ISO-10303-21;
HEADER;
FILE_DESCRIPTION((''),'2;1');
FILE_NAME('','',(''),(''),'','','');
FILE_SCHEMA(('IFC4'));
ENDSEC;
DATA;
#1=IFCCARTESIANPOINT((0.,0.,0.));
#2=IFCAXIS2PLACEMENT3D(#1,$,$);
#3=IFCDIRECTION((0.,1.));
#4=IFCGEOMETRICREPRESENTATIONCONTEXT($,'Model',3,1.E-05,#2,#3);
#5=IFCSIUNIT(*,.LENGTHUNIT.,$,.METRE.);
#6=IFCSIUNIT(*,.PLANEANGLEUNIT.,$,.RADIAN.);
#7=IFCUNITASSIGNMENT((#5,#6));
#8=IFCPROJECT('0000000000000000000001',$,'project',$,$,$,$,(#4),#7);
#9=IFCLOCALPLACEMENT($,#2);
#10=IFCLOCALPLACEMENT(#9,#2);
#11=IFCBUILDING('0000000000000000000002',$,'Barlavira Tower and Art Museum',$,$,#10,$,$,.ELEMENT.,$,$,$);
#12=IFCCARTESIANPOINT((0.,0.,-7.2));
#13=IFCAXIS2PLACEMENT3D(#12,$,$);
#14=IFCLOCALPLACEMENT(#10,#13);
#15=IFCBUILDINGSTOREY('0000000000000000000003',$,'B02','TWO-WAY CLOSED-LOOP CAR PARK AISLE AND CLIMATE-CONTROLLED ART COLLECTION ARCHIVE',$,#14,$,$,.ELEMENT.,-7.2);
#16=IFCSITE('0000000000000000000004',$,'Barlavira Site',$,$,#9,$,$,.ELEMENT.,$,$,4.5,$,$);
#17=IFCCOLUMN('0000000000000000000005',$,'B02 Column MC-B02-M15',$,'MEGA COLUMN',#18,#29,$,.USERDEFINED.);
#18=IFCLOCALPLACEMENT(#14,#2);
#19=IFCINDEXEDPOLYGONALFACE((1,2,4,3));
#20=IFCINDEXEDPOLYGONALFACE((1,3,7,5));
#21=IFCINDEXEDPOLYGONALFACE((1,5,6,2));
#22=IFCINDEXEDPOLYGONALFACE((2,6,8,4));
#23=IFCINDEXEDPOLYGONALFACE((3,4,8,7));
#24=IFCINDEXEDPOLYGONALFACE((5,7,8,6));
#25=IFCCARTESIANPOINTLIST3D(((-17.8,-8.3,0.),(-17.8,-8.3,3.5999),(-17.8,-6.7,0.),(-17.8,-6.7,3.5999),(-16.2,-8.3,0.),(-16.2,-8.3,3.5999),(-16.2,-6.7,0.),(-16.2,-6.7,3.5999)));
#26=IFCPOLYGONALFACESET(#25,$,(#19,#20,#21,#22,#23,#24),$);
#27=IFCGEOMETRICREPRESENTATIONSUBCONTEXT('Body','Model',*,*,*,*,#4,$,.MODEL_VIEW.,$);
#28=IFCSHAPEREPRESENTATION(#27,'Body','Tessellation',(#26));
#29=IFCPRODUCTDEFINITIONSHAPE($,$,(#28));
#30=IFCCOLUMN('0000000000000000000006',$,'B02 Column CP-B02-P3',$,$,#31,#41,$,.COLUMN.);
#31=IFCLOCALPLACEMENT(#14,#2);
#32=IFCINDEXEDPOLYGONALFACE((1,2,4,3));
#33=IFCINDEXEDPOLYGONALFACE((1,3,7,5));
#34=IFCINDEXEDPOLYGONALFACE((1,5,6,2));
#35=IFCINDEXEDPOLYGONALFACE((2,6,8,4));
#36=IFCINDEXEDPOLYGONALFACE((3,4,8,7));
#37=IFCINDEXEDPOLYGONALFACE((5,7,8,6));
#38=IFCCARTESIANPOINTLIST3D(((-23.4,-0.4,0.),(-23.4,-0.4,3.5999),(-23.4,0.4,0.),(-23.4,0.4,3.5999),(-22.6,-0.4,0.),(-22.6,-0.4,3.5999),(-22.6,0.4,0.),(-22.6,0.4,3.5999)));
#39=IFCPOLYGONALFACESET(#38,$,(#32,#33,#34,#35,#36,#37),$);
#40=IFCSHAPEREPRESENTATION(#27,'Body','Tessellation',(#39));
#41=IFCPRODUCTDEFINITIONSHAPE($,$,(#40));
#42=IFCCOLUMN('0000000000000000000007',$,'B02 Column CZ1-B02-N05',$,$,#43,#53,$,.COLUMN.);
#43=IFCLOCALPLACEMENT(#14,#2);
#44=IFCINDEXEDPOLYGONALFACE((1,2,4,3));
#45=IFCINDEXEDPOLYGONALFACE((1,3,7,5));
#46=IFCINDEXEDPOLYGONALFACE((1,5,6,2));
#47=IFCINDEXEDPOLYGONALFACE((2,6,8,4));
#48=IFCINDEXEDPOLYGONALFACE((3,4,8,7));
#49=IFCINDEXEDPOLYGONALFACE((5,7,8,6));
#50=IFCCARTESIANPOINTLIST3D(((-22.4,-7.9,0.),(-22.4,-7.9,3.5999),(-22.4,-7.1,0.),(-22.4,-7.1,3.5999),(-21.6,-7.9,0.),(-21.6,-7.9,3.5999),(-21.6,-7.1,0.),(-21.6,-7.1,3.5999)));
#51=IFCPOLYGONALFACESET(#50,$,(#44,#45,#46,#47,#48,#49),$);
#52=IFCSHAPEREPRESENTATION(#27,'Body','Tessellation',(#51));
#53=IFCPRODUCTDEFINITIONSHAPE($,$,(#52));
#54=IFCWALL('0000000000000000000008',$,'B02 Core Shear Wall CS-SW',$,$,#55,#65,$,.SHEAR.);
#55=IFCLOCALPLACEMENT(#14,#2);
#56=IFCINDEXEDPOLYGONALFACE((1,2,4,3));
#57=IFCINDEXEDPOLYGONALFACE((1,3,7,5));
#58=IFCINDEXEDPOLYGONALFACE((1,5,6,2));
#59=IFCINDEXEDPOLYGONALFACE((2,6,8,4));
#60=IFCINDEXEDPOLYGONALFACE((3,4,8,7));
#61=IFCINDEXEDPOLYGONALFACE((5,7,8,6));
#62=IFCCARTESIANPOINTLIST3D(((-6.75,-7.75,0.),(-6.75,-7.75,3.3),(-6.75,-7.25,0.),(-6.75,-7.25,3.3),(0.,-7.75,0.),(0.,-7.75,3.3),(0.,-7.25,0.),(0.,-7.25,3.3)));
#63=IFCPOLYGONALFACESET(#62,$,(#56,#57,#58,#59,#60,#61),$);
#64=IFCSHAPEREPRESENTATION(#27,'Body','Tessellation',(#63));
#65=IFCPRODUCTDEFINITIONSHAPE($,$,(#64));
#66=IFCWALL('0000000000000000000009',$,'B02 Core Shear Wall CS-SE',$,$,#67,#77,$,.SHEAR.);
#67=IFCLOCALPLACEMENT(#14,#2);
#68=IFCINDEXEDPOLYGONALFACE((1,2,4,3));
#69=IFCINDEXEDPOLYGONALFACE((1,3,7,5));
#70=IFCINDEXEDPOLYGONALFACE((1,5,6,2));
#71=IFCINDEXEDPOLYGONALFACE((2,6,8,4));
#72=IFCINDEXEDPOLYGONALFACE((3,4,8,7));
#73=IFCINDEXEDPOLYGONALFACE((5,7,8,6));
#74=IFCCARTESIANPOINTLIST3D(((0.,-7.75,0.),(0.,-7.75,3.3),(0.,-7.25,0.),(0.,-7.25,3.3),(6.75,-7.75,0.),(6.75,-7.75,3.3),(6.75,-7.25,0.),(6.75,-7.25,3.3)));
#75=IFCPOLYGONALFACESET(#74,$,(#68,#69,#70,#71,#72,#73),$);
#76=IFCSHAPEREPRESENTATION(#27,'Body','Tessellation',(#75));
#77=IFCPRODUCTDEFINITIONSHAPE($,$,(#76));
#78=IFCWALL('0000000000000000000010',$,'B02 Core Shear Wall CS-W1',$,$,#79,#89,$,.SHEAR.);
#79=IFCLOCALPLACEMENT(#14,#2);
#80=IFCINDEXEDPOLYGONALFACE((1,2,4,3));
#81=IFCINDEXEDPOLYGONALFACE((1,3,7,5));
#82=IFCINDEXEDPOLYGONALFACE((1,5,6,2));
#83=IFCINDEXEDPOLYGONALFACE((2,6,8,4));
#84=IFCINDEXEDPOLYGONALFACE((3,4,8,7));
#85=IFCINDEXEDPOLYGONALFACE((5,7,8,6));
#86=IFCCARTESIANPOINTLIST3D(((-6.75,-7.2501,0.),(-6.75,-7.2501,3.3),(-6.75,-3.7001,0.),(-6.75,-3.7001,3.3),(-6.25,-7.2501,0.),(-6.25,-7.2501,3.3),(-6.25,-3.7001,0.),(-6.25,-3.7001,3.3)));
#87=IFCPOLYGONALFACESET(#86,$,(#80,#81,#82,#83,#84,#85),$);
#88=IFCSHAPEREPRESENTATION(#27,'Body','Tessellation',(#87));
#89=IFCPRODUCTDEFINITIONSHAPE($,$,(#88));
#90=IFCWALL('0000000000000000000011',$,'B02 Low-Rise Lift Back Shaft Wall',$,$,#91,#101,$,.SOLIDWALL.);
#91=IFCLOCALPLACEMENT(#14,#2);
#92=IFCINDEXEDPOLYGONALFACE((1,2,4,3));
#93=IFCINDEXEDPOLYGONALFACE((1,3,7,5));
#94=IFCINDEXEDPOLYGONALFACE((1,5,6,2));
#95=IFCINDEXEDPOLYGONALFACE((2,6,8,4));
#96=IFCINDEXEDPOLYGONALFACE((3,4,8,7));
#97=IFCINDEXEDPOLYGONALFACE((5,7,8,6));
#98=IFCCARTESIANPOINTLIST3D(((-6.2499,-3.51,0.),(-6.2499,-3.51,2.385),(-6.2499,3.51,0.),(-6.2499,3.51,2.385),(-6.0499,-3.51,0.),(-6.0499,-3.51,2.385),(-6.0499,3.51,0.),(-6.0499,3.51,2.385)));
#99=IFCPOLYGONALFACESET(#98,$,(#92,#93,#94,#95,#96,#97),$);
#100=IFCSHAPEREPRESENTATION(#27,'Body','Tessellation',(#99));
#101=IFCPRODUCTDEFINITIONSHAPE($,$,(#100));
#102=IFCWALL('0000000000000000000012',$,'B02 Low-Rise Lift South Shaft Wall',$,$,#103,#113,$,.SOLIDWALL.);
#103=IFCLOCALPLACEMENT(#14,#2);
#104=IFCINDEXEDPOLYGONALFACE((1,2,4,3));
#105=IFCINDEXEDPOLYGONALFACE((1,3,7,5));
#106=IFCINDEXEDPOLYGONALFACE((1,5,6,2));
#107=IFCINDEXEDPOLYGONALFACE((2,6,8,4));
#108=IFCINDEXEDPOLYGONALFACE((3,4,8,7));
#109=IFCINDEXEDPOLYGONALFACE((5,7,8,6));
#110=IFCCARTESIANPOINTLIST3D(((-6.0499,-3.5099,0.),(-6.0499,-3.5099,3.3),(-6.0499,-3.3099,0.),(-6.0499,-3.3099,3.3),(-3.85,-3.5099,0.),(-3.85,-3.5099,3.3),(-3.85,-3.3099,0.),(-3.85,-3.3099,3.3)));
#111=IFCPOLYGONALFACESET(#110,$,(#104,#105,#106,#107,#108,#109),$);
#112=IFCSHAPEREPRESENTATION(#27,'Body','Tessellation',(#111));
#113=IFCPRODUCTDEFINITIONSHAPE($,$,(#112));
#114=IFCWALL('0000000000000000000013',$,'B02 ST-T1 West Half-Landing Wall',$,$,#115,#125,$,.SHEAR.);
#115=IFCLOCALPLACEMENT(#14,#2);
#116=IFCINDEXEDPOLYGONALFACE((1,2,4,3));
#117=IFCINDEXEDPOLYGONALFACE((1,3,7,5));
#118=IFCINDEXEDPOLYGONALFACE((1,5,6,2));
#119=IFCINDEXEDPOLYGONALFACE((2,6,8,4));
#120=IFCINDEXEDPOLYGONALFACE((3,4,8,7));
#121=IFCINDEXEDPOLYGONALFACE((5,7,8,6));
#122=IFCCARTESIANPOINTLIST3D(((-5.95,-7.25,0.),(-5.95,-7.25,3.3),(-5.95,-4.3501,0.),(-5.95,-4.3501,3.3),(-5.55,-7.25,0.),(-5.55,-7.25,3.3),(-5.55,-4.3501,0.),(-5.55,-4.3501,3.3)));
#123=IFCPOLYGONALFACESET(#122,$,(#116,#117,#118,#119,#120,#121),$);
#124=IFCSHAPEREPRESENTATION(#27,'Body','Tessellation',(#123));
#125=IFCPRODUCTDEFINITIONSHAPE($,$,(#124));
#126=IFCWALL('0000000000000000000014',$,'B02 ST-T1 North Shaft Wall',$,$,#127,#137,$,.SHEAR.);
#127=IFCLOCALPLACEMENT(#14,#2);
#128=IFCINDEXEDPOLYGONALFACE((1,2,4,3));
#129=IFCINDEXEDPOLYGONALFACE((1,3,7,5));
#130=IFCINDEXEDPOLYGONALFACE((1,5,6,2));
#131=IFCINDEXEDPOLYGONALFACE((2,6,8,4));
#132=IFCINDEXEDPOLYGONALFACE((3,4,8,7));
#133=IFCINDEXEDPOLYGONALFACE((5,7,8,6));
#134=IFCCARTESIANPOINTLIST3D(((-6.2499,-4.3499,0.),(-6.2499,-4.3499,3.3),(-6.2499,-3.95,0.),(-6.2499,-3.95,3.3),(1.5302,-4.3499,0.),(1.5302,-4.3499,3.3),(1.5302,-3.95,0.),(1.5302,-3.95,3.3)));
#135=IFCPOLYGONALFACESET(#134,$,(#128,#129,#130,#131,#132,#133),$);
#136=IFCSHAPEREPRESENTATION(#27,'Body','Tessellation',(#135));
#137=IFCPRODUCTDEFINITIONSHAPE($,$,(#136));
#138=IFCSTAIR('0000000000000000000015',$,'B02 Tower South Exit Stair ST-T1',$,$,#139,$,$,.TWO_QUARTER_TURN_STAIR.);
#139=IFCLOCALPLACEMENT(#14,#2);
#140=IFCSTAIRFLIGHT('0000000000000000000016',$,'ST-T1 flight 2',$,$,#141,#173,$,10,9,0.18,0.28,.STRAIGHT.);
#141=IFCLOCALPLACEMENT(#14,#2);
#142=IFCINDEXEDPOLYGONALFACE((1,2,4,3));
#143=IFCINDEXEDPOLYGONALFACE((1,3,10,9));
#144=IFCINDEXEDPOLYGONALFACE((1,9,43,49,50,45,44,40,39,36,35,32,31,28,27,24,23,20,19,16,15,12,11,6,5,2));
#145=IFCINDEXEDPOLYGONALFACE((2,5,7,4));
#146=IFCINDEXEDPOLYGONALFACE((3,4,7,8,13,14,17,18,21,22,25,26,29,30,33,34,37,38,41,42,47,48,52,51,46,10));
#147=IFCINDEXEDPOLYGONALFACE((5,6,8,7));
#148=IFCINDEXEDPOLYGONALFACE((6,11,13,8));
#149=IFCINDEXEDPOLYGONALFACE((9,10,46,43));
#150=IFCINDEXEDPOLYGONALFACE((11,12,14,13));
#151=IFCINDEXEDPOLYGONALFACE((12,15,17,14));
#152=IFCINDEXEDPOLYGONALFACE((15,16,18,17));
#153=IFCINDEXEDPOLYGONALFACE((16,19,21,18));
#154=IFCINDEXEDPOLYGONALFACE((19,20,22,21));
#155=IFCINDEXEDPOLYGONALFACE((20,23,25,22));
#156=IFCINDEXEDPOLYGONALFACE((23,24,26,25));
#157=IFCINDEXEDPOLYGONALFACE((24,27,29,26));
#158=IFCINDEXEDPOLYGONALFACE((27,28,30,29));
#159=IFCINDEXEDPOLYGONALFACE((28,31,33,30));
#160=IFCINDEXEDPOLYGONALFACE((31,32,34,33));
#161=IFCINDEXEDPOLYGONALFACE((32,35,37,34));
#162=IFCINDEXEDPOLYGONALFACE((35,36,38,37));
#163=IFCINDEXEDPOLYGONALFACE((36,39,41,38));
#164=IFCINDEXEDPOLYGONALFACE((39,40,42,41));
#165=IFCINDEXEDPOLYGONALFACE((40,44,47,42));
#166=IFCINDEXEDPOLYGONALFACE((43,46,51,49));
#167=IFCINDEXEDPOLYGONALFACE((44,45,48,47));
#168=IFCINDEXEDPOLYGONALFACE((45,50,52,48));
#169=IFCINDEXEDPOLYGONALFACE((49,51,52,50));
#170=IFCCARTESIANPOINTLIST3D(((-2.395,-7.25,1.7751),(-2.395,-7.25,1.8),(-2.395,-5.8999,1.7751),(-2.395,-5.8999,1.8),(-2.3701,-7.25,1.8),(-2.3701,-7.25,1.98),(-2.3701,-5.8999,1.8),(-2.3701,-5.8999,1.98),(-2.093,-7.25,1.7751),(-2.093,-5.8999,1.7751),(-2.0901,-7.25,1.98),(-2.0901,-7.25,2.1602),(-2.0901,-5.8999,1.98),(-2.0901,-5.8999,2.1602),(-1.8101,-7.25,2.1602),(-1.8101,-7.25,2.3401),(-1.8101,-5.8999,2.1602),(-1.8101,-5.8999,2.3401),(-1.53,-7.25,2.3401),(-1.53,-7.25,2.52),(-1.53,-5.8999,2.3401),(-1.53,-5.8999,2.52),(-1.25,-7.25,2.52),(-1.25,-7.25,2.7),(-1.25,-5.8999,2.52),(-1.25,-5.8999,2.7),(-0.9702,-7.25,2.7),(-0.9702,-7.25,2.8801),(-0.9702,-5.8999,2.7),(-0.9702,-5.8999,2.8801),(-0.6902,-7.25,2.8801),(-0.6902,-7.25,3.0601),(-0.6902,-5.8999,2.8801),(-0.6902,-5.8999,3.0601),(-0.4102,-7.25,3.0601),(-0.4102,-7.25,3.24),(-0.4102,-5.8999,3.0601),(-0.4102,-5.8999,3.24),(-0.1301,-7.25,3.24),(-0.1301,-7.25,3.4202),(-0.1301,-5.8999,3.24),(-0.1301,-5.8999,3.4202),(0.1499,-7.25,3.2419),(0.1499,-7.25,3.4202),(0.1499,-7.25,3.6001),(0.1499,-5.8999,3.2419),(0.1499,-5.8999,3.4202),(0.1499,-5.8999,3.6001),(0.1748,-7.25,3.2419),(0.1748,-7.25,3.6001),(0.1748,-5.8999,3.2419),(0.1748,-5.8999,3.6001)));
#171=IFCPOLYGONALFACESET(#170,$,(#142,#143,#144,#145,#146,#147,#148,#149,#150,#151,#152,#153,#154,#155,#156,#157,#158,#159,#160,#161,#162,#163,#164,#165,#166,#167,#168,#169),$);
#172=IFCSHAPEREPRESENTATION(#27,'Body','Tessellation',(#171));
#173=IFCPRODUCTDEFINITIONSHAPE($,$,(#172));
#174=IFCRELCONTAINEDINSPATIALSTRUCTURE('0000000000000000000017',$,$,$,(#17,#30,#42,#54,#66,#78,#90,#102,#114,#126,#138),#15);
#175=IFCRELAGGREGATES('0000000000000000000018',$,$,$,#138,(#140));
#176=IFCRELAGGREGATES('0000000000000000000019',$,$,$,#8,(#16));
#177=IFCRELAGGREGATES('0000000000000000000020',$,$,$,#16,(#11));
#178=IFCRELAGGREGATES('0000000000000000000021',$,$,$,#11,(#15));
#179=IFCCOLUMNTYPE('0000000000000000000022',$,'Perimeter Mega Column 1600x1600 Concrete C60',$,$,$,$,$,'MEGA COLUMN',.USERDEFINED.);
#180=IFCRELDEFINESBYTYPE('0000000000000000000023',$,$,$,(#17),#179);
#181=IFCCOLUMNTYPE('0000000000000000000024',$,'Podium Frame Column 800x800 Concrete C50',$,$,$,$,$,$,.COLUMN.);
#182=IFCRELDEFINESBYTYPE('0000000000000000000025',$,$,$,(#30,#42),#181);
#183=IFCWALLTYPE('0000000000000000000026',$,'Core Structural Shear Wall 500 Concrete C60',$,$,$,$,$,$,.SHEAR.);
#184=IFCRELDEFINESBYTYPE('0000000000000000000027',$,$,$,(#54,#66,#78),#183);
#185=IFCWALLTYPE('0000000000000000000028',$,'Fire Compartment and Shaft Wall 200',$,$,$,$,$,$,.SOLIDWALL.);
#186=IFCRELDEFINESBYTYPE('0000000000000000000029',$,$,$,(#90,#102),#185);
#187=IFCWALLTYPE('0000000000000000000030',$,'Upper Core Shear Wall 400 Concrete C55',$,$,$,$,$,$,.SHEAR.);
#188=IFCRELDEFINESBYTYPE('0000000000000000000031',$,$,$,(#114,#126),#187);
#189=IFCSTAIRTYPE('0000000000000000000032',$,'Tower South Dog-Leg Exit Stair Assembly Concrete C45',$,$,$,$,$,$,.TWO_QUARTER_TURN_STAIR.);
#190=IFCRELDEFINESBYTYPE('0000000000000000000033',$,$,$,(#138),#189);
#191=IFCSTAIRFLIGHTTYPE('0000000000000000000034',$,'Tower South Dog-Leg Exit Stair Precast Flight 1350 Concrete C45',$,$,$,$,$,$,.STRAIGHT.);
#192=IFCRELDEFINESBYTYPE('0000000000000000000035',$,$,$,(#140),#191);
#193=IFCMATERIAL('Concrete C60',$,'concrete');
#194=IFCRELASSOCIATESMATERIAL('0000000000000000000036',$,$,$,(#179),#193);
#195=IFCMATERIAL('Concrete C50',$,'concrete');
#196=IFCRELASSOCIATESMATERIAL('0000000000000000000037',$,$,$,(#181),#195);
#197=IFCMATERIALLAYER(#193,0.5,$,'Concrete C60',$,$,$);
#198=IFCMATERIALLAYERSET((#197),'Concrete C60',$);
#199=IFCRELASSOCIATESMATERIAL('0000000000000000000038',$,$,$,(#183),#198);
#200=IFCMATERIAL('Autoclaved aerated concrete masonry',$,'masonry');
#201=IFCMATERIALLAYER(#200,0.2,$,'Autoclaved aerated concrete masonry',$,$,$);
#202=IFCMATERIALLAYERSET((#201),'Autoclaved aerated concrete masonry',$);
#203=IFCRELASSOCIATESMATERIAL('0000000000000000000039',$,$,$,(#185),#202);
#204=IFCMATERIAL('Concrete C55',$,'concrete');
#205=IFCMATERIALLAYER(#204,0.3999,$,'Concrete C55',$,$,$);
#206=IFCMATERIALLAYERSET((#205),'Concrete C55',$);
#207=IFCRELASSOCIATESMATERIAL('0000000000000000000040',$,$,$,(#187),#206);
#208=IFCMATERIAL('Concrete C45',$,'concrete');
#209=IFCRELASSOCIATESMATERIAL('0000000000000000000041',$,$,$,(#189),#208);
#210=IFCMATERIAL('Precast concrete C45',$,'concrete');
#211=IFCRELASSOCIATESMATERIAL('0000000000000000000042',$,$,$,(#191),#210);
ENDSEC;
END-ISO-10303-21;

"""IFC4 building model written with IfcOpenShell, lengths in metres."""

from ifc_helpers import new_model, si_unit, direction, frame, frame_2d, origin, origin_2d, place, context, subcontext, project, spatial, polyline, rectangle, outline, extrude, material, layer, layer_set, material_profile, profile_set, type_object, element, aggregate, save


model = new_model("IFC4")

# Units and contexts
model_context = context("Model", 3, precision=1e-05, world=origin(), true_north=direction((0.0, 1.0)))
body_context = subcontext(model_context, "Body", "Model", "MODEL_VIEW")
ifc_project = project(units=[si_unit("LENGTHUNIT", "METRE"), si_unit("PLANEANGLEUNIT", "RADIAN")], contexts=[model_context])

# Site, building, storey
site_placement = place(None, origin())
site = spatial("IfcSite", under=ifc_project, at=site_placement, Name="Barlavira Site", CompositionType="ELEMENT", RefElevation=4.5)
building_placement = place(site_placement, origin())
building = spatial("IfcBuilding", under=site, at=building_placement, Name="Barlavira Tower and Art Museum", CompositionType="ELEMENT")
storey_placement = place(building_placement, frame((0.0, 0.0, -7.2)))
storey = spatial("IfcBuildingStorey", under=building, at=storey_placement, Name="B02", Description="TWO-WAY CLOSED-LOOP CAR PARK AISLE AND CLIMATE-CONTROLLED ART COLLECTION ARCHIVE", CompositionType="ELEMENT", Elevation=-7.2)

# Shared definitions
ifc_material_1 = material(Name="Concrete C50", Category="concrete")

# Columns
ifc_material_2 = material(Name="Concrete C60", Category="concrete")
ifc_material_profile_1 = material_profile(ifc_material_2, rectangle(XDim=1.6001, YDim=1.6001, at=origin_2d()), Name="RC-MCOL 1600x1600")
ifc_profile_set_1 = profile_set([ifc_material_profile_1], Name="Concrete C60")
column_type_1 = type_object("IfcColumnType", Name="Perimeter Mega Column 1600x1600 Concrete C60", ElementType="MEGA COLUMN", PredefinedType="USERDEFINED", material=ifc_profile_set_1)
column_placement = place(storey_placement, frame((-17.0, -7.5, 0.0), z_axis=(0.0, 0.0, 1.0), x_axis=(1.0, 0.0, 0.0)))
element("IfcColumn", 1, at=column_placement, inside=storey, type_object=column_type_1, Name="B02 Column MC-B02-M15", ObjectType="MEGA COLUMN", PredefinedType="USERDEFINED", context=body_context, shape_type="SweptSolid", body=[
    extrude(rectangle(XDim=1.6001, YDim=1.6001, at=origin_2d()), origin(), (0.0, 0.0, 1.0), 3.5999),
])
ifc_material_profile_2 = material_profile(ifc_material_1, rectangle(XDim=0.8, YDim=0.8, at=origin_2d()), Name="RC-COL 800x800")
ifc_profile_set_2 = profile_set([ifc_material_profile_2], Name="Concrete C50")
column_type_2 = type_object("IfcColumnType", Name="Podium Frame Column 800x800 Concrete C50", PredefinedType="COLUMN", material=ifc_profile_set_2)
for number, where, z_axis, x_axis, name in (
    (2, (-23.0, 0.0, 0.0), (0.0, 0.0, 1.0), (1.0, 0.0, 0.0), "B02 Column CP-B02-P3"),
    (3, (-22.0, -7.5, 0.0), (0.0, 0.0, 1.0), (1.0, 0.0, 0.0), "B02 Column CZ1-B02-N05"),
):
    element("IfcColumn", number, at=place(storey_placement, frame(where, z_axis=z_axis, x_axis=x_axis)), inside=storey, type_object=column_type_2, Name=name, PredefinedType="COLUMN", context=body_context, shape_type="SweptSolid", body=[
        extrude(rectangle(XDim=0.8, YDim=0.8, at=origin_2d()), origin(), (0.0, 0.0, 1.0), 3.5999),
    ])

# Walls
ifc_layer_1 = layer(ifc_material_2, 0.5, Name="Concrete C60")
ifc_layer_set_1 = layer_set([ifc_layer_1], Name="Concrete C60")
wall_type_1 = type_object("IfcWallType", Name="Core Structural Shear Wall 500 Concrete C60", PredefinedType="SHEAR", material=ifc_layer_set_1)
for number, where, z_axis, x_axis, name in (
    (4, (-6.75, -7.5, 0.0), (0.0, 0.0, 1.0), (1.0, 0.0, 0.0), "B02 Core Shear Wall CS-SW"),
    (5, (0.0, -7.5, 0.0), (0.0, 0.0, 1.0), (1.0, 0.0, 0.0), "B02 Core Shear Wall CS-SE"),
):
    element("IfcWall", number, at=place(storey_placement, frame(where, z_axis=z_axis, x_axis=x_axis)), inside=storey, type_object=wall_type_1, Name=name, PredefinedType="SHEAR", context=body_context, shape_type="SweptSolid", body=[
        extrude(rectangle(XDim=6.75, YDim=0.5, at=frame_2d((3.375, 0.0))), origin(), (0.0, 0.0, 1.0), 3.3),
    ])
wall_1_placement = place(storey_placement, frame((-6.5, -7.25, 0.0), z_axis=(0.0, 0.0, 1.0), x_axis=(0.0, 1.0, 0.0)))
element("IfcWall", 6, at=wall_1_placement, inside=storey, type_object=wall_type_1, Name="B02 Core Shear Wall CS-W1", PredefinedType="SHEAR", context=body_context, shape_type="SweptSolid", body=[
    extrude(rectangle(XDim=3.55, YDim=0.5, at=frame_2d((1.7749, 0.0))), origin(), (0.0, 0.0, 1.0), 3.3),
])

# Shared definitions
ifc_material_3 = material(Name="Autoclaved aerated concrete masonry", Category="masonry")
ifc_layer_2 = layer(ifc_material_3, 0.2, Name="Autoclaved aerated concrete masonry")
ifc_layer_set_2 = layer_set([ifc_layer_2], Name="Autoclaved aerated concrete masonry")
wall_type_2 = type_object("IfcWallType", Name="Fire Compartment and Shaft Wall 200", PredefinedType="SOLIDWALL", material=ifc_layer_set_2)

# Walls
wall_2_placement = place(storey_placement, frame((-6.1499, -3.51, 0.0), z_axis=(0.0, 0.0, 1.0), x_axis=(0.0, 1.0, 0.0)))
element("IfcWall", 7, at=wall_2_placement, inside=storey, type_object=wall_type_2, Name="B02 Low-Rise Lift Back Shaft Wall", PredefinedType="SOLIDWALL", context=body_context, shape_type="SweptSolid", body=[
    extrude(rectangle(XDim=7.02, YDim=0.2, at=frame_2d((3.51, 0.0))), origin(), (0.0, 0.0, 1.0), 2.385),
])
wall_3_placement = place(storey_placement, frame((-6.05, -3.4099, 0.0), z_axis=(0.0, 0.0, 1.0), x_axis=(1.0, 0.0, 0.0)))
element("IfcWall", 8, at=wall_3_placement, inside=storey, type_object=wall_type_2, Name="B02 Low-Rise Lift South Shaft Wall", PredefinedType="SOLIDWALL", context=body_context, shape_type="SweptSolid", body=[
    extrude(rectangle(XDim=2.2, YDim=0.2, at=frame_2d((1.1001, 0.0))), origin(), (0.0, 0.0, 1.0), 3.3),
])
ifc_material_4 = material(Name="Concrete C55", Category="concrete")
ifc_layer_3 = layer(ifc_material_4, 0.3999, Name="Concrete C55")
ifc_layer_set_3 = layer_set([ifc_layer_3], Name="Concrete C55")
wall_type_3 = type_object("IfcWallType", Name="Upper Core Shear Wall 400 Concrete C55", PredefinedType="SHEAR", material=ifc_layer_set_3)
wall_4_placement = place(storey_placement, frame((-5.75, -7.25, 0.0), z_axis=(0.0, 0.0, 1.0), x_axis=(0.0, 1.0, 0.0)))
element("IfcWall", 9, at=wall_4_placement, inside=storey, type_object=wall_type_3, Name="B02 ST-T1 West Half-Landing Wall", PredefinedType="SHEAR", context=body_context, shape_type="SweptSolid", body=[
    extrude(rectangle(XDim=2.8999, YDim=0.3999, at=frame_2d((1.45, 0.0))), origin(), (0.0, 0.0, 1.0), 3.3),
])
wall_5_placement = place(storey_placement, frame((-6.25, -4.1499, 0.0), z_axis=(0.0, 0.0, 1.0), x_axis=(1.0, 0.0, 0.0)))
element("IfcWall", 10, at=wall_5_placement, inside=storey, type_object=wall_type_3, Name="B02 ST-T1 North Shaft Wall", PredefinedType="SHEAR", context=body_context, shape_type="SweptSolid", body=[
    extrude(rectangle(XDim=7.78, YDim=0.3999, at=frame_2d((3.8901, 0.0))), origin(), (0.0, 0.0, 1.0), 3.3),
])

# Stair, stair flight
ifc_material_5 = material(Name="Concrete C45", Category="concrete")
stair_type = type_object("IfcStairType", Name="Tower South Dog-Leg Exit Stair Assembly Concrete C45", PredefinedType="TWO_QUARTER_TURN_STAIR", material=ifc_material_5)
stair_placement = place(storey_placement, origin())
stair = element("IfcStair", 11, at=stair_placement, inside=storey, type_object=stair_type, Name="B02 Tower South Exit Stair ST-T1", PredefinedType="TWO_QUARTER_TURN_STAIR")
ifc_material_6 = material(Name="Precast concrete C45", Category="concrete")
stair_flight_type = type_object("IfcStairFlightType", Name="Tower South Dog-Leg Exit Stair Precast Flight 1350 Concrete C45", PredefinedType="STRAIGHT", material=ifc_material_6)
stair_flight_placement = place(storey_placement, frame((-2.3701, -6.575, 1.8), z_axis=(0.0, 0.0, 1.0), x_axis=(1.0, 0.0, 0.0)))
stair_flight = element("IfcStairFlight", 12, at=stair_flight_placement, type_object=stair_flight_type, Name="ST-T1 flight 2", NumberOfRisers=10, NumberOfTreads=9, PredefinedType="STRAIGHT", RiserHeight=0.18, TreadLength=0.28, context=body_context, shape_type="SweptSolid", body=[
    extrude(outline(polyline([(-0.0249, 0.0), (0.0, 0.0), (0.0, 0.1799), (0.28, 0.1799), (0.28, 0.3601), (0.5601, 0.3601), (0.5601, 0.54), (0.8401, 0.54), (0.8401, 0.72), (1.1201, 0.72), (1.1201, 0.8999), (1.3999, 0.8999), (1.3999, 1.0801), (1.6799, 1.0801), (1.6799, 1.26), (1.96, 1.26), (1.96, 1.4399), (2.24, 1.4399), (2.24, 1.6201), (2.52, 1.6201), (2.52, 1.8), (2.5449, 1.8), (2.5449, 1.4419), (2.52, 1.4419), (0.2771, -0.0249), (-0.0249, -0.0249), (-0.0249, 0.0)])), frame((0.0, 0.675, 0.0), z_axis=(0.0, -1.0, 0.0), x_axis=(1.0, 0.0, 0.0)), (0.0, 0.0, 1.0), 1.3501),
])
aggregate(stair, [stair_flight])

save(model, "model.ifc")
